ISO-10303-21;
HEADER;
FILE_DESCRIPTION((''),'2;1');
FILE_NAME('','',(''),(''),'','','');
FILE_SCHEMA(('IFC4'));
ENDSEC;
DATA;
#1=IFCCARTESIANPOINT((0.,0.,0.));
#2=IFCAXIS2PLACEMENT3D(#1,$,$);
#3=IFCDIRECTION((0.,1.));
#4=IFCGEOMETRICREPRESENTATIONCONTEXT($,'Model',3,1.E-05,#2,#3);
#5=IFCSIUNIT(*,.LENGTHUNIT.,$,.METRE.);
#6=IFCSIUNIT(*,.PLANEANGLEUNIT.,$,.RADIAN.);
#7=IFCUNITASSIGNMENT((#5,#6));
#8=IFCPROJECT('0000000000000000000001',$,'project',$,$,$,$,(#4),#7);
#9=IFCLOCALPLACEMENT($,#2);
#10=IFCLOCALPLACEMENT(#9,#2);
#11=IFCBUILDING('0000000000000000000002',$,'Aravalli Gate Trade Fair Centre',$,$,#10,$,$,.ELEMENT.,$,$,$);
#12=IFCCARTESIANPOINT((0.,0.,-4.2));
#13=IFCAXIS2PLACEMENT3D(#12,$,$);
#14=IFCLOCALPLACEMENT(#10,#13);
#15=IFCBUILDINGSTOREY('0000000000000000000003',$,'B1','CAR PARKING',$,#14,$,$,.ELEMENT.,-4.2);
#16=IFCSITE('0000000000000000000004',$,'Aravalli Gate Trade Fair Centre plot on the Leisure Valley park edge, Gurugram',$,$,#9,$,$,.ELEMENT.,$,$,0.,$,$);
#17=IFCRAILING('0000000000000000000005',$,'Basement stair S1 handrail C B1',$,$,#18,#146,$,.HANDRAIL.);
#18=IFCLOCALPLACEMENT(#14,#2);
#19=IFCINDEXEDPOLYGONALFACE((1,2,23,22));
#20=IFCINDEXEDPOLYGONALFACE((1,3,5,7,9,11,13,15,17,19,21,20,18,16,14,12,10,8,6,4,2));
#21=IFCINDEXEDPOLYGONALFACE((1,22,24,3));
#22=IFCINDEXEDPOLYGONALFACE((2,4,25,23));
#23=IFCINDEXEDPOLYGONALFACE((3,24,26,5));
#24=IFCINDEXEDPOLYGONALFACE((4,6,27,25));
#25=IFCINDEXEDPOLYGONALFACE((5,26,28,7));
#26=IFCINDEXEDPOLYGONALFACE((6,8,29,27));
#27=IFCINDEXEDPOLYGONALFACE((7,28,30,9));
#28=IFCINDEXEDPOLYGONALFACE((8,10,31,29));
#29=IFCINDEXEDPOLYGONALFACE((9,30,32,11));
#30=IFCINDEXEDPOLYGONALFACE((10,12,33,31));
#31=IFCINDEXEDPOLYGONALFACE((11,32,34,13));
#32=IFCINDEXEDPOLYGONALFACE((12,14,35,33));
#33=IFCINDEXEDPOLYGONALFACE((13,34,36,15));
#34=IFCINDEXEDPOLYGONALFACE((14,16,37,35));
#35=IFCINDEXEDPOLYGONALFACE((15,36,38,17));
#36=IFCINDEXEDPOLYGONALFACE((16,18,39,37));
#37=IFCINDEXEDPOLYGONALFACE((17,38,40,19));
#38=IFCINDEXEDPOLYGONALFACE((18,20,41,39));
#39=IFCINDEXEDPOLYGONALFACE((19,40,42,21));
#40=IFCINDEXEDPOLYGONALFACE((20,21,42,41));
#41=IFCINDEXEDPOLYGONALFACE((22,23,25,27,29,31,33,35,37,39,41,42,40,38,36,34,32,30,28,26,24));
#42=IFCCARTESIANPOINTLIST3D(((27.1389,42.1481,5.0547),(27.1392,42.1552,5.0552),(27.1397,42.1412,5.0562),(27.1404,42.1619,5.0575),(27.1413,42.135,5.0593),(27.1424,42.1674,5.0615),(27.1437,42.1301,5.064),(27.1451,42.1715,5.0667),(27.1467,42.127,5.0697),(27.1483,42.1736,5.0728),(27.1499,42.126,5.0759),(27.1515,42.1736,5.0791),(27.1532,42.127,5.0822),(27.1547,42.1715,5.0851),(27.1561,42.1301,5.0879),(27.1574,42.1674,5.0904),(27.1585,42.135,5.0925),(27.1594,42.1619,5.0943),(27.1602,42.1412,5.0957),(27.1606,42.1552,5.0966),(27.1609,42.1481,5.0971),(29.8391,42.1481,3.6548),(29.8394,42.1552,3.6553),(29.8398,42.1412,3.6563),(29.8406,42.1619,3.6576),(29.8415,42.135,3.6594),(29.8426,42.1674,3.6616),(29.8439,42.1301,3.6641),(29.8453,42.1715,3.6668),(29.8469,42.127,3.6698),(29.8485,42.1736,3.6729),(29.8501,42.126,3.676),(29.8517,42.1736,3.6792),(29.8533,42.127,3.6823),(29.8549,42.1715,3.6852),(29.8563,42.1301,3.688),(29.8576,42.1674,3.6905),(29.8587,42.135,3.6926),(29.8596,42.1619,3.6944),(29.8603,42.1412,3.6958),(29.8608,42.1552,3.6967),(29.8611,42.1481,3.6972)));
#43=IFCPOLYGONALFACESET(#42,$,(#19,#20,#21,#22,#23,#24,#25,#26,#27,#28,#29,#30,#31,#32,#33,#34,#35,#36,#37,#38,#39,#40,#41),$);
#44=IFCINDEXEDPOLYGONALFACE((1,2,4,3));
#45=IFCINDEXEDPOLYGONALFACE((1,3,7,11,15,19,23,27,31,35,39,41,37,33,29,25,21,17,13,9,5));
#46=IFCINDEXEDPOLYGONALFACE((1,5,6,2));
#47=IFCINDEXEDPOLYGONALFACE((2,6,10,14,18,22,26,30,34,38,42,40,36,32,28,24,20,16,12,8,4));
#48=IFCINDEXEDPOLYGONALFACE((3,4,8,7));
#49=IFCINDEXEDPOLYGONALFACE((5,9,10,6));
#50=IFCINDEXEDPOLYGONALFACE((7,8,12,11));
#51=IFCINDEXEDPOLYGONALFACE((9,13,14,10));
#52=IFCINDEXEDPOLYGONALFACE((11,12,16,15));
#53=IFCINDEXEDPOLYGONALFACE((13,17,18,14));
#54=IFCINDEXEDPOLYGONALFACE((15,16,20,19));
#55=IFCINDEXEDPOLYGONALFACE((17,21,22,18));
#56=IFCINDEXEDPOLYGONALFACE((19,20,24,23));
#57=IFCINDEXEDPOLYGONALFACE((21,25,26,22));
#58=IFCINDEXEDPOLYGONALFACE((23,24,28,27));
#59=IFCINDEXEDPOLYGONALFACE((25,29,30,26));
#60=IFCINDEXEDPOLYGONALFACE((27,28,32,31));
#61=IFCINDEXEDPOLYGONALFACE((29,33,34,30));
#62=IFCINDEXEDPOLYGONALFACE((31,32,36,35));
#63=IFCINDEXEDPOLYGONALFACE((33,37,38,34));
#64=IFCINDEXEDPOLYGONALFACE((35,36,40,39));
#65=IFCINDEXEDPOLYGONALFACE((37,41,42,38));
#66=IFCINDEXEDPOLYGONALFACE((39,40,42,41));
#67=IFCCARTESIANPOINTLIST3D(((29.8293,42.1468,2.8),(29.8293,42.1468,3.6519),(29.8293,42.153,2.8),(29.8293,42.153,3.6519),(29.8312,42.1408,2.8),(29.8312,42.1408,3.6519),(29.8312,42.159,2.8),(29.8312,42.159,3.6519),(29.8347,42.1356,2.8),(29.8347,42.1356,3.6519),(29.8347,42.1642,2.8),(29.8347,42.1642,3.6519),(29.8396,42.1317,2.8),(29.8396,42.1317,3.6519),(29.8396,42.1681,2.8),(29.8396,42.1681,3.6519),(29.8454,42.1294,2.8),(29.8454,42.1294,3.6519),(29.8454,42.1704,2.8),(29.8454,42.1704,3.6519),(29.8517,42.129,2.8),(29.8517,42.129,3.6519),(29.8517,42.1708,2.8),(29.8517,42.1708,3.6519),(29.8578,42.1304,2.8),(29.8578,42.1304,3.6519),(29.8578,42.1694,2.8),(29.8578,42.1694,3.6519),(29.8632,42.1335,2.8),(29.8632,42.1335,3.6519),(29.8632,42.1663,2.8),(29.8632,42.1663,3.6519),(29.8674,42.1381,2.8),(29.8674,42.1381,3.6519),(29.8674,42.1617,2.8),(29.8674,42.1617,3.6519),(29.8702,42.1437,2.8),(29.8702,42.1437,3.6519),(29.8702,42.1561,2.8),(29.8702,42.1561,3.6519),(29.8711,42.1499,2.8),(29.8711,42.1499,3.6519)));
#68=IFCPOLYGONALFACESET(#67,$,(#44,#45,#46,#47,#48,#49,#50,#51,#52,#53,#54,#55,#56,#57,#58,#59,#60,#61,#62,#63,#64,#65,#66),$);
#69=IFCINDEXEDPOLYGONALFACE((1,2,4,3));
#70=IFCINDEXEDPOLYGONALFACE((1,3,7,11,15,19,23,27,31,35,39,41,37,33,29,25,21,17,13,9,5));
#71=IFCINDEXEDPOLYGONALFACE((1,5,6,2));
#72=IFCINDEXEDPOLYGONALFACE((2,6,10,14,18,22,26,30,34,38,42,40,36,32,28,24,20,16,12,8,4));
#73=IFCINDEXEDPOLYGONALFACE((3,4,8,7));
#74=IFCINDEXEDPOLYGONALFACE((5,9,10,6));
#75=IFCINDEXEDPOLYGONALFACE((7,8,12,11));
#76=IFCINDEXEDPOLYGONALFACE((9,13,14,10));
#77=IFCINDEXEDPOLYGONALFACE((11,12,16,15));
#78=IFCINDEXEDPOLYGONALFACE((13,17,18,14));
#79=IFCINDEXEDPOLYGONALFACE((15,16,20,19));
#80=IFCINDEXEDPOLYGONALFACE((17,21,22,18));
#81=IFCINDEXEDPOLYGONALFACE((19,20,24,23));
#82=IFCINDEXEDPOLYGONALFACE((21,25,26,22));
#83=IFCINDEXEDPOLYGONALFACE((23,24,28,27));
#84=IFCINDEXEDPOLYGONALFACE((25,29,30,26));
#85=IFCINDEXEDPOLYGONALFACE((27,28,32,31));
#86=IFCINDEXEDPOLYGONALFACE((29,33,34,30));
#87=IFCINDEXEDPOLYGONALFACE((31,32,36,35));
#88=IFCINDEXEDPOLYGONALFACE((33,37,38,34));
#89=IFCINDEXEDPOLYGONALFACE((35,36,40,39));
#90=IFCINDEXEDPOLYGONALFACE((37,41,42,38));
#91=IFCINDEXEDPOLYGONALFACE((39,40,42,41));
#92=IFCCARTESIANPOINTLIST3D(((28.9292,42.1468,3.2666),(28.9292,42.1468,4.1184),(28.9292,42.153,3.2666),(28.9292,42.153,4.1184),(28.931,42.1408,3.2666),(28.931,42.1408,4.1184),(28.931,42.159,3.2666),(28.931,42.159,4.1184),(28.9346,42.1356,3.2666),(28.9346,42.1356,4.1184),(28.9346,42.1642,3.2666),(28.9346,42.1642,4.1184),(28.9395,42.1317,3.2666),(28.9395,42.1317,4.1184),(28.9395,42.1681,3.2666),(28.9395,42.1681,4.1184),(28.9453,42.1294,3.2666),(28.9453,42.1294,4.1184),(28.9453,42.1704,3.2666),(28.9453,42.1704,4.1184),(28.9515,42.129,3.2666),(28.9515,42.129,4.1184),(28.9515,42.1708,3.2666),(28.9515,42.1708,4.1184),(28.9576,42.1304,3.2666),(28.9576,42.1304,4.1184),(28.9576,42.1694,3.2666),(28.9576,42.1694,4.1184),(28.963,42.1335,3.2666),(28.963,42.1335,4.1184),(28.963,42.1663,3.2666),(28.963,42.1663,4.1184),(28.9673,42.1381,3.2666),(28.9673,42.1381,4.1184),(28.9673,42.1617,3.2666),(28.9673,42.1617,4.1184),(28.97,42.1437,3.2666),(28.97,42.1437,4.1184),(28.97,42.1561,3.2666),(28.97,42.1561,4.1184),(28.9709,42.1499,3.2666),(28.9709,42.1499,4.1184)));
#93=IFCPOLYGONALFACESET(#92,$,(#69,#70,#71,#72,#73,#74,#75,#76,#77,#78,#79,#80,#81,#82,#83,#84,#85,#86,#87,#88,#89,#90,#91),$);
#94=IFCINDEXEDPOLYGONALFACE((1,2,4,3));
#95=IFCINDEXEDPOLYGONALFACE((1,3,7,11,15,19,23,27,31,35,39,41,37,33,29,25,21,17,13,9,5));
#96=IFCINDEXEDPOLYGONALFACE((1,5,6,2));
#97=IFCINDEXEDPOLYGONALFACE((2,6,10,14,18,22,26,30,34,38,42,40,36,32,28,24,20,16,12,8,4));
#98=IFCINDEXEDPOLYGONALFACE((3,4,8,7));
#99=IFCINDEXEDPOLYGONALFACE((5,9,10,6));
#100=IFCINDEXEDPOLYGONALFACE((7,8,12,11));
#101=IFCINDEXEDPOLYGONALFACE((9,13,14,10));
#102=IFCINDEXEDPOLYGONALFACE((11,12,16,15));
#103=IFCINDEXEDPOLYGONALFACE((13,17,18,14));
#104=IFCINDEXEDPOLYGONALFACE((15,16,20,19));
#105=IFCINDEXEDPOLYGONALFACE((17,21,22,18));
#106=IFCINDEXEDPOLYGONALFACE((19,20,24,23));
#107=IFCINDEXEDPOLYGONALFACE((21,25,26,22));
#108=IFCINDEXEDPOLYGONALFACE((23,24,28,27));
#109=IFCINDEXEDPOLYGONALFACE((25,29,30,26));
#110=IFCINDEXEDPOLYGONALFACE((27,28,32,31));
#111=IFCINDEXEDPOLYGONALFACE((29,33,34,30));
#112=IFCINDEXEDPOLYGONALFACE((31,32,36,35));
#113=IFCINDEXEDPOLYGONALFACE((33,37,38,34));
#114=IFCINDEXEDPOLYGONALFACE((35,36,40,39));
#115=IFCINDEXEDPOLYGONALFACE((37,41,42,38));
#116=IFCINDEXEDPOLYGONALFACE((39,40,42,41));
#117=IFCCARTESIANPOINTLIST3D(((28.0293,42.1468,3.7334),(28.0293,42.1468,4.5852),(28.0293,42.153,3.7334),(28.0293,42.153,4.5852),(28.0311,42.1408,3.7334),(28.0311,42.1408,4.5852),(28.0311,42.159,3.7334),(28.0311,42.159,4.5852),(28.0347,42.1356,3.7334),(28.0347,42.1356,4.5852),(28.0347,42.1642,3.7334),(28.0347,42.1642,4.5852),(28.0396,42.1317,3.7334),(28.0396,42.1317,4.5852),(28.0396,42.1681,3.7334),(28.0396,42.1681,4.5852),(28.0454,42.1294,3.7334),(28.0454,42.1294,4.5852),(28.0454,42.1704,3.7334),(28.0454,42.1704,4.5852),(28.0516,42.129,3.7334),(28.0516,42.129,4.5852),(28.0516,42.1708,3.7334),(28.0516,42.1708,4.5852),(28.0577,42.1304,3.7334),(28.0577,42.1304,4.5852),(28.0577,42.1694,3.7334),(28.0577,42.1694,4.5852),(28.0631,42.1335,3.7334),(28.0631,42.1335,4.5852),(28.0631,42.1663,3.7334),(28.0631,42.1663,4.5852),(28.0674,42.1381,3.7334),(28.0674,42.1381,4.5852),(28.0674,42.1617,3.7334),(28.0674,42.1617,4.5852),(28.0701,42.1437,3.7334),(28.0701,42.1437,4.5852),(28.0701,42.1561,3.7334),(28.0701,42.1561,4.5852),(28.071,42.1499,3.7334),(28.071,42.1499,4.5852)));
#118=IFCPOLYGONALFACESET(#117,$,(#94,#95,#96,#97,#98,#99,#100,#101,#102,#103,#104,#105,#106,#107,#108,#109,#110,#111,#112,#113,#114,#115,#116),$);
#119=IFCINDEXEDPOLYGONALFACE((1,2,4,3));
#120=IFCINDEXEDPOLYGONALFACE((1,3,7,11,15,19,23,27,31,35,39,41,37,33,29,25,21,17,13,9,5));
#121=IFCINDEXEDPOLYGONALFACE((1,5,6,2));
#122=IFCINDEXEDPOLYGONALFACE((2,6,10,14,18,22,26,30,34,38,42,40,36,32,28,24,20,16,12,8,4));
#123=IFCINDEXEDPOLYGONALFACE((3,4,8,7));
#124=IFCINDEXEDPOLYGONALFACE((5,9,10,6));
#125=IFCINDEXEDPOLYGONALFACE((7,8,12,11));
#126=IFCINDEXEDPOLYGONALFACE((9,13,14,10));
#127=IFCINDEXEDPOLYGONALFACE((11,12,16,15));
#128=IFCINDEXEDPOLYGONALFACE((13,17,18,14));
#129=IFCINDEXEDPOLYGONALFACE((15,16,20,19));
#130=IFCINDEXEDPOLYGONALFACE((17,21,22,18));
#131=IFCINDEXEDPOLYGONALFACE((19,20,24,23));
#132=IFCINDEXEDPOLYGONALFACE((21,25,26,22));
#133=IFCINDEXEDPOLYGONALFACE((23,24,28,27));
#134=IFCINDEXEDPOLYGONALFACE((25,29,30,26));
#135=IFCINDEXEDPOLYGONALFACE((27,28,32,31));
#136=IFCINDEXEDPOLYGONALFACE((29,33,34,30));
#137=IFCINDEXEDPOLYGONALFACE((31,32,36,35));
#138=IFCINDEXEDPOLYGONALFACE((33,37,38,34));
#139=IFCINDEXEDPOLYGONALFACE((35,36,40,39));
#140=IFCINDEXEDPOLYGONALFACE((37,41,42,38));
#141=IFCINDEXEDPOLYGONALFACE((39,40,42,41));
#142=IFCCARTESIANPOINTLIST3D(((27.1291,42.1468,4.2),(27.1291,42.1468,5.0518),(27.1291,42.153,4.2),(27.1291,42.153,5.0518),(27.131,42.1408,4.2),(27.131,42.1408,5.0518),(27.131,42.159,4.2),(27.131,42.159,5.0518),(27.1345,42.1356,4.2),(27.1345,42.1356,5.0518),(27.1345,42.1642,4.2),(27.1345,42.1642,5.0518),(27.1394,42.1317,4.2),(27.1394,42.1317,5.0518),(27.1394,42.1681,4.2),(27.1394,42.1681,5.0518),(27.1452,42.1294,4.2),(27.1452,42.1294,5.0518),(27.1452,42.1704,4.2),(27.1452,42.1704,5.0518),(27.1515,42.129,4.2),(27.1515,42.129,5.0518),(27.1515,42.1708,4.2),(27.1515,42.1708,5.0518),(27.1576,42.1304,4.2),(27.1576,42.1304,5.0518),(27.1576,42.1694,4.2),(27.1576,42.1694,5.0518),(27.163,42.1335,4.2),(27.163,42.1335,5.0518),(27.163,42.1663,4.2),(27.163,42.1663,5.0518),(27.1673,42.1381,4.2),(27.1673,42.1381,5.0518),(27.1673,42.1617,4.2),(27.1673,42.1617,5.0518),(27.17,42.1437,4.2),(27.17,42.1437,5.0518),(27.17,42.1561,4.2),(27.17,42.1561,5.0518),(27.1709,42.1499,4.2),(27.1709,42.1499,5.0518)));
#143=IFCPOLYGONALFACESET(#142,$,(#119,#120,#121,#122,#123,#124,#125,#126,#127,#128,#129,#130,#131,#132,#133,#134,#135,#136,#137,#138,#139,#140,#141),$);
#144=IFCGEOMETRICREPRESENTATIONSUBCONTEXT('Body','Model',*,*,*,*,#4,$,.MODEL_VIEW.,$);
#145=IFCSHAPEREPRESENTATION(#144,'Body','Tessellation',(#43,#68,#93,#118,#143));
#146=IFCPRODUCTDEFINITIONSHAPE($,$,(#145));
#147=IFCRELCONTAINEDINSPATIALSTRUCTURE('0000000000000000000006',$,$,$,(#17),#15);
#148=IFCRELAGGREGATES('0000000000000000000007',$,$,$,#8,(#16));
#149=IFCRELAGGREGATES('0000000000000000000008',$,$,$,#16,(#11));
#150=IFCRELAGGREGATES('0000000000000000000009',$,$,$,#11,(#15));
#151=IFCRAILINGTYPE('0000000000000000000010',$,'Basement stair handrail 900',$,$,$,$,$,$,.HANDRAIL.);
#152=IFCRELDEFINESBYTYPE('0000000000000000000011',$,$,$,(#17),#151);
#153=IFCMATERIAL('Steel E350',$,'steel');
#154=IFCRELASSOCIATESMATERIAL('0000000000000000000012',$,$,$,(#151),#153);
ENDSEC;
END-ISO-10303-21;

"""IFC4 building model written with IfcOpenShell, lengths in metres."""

from ifc_helpers import new_model, si_unit, direction, frame, origin, origin_2d, place, context, subcontext, project, spatial, circle, extrude, material, type_object, element, save


model = new_model("IFC4")

# Units and contexts
model_context = context("Model", 3, precision=1e-05, world=origin(), true_north=direction((0.0, 1.0)))
body_context = subcontext(model_context, "Body", "Model", "MODEL_VIEW")
ifc_project = project(units=[si_unit("LENGTHUNIT", "METRE"), si_unit("PLANEANGLEUNIT", "RADIAN")], contexts=[model_context])

# Site, building, storey
site_placement = place(None, origin())
site = spatial("IfcSite", under=ifc_project, at=site_placement, Name="Aravalli Gate Trade Fair Centre plot on the Leisure Valley park edge, Gurugram", CompositionType="ELEMENT", RefElevation=0.0)
building_placement = place(site_placement, origin())
building = spatial("IfcBuilding", under=site, at=building_placement, Name="Aravalli Gate Trade Fair Centre", CompositionType="ELEMENT")
storey_placement = place(building_placement, frame((0.0, 0.0, -4.2)))
storey = spatial("IfcBuildingStorey", under=building, at=storey_placement, Name="B1", Description="CAR PARKING", CompositionType="ELEMENT", Elevation=-4.2)

# Railing
ifc_material_1 = material(Name="Steel E350", Category="steel")
railing_type_1 = type_object("IfcRailingType", Name="Basement stair handrail 900", PredefinedType="HANDRAIL", material=ifc_material_1)
for number, where, name in (
    (1, (29.8501, 42.1499, 2.8), "Basement stair S1 handrail C B1"),
):
    element("IfcRailing", number, at=place(storey_placement, frame(where)), inside=storey, type_object=railing_type_1, Name=name, PredefinedType="HANDRAIL", context=body_context, shape_type="SweptSolid", body=[
        extrude(circle(Radius=0.0239, at=origin_2d()), frame((0.0, 0.0, 0.876), z_axis=(-0.887781, 0.0, 0.460266), x_axis=(0.0, -1.0, 0.0)), (0.0, 0.0, 1.0), 3.0415),
        extrude(circle(Radius=0.021, at=origin_2d()), origin(), (0.0, 0.0, 1.0), 0.8518),
        extrude(circle(Radius=0.021, at=origin_2d()), frame((-0.9001, 0.0, 0.4666)), (0.0, 0.0, 1.0), 0.8518),
        extrude(circle(Radius=0.021, at=origin_2d()), frame((-1.8, 0.0, 0.9333)), (0.0, 0.0, 1.0), 0.8518),
        extrude(circle(Radius=0.021, at=origin_2d()), frame((-2.7002, 0.0, 1.3999)), (0.0, 0.0, 1.0), 0.8518),
    ])

save(model, "model.ifc")
